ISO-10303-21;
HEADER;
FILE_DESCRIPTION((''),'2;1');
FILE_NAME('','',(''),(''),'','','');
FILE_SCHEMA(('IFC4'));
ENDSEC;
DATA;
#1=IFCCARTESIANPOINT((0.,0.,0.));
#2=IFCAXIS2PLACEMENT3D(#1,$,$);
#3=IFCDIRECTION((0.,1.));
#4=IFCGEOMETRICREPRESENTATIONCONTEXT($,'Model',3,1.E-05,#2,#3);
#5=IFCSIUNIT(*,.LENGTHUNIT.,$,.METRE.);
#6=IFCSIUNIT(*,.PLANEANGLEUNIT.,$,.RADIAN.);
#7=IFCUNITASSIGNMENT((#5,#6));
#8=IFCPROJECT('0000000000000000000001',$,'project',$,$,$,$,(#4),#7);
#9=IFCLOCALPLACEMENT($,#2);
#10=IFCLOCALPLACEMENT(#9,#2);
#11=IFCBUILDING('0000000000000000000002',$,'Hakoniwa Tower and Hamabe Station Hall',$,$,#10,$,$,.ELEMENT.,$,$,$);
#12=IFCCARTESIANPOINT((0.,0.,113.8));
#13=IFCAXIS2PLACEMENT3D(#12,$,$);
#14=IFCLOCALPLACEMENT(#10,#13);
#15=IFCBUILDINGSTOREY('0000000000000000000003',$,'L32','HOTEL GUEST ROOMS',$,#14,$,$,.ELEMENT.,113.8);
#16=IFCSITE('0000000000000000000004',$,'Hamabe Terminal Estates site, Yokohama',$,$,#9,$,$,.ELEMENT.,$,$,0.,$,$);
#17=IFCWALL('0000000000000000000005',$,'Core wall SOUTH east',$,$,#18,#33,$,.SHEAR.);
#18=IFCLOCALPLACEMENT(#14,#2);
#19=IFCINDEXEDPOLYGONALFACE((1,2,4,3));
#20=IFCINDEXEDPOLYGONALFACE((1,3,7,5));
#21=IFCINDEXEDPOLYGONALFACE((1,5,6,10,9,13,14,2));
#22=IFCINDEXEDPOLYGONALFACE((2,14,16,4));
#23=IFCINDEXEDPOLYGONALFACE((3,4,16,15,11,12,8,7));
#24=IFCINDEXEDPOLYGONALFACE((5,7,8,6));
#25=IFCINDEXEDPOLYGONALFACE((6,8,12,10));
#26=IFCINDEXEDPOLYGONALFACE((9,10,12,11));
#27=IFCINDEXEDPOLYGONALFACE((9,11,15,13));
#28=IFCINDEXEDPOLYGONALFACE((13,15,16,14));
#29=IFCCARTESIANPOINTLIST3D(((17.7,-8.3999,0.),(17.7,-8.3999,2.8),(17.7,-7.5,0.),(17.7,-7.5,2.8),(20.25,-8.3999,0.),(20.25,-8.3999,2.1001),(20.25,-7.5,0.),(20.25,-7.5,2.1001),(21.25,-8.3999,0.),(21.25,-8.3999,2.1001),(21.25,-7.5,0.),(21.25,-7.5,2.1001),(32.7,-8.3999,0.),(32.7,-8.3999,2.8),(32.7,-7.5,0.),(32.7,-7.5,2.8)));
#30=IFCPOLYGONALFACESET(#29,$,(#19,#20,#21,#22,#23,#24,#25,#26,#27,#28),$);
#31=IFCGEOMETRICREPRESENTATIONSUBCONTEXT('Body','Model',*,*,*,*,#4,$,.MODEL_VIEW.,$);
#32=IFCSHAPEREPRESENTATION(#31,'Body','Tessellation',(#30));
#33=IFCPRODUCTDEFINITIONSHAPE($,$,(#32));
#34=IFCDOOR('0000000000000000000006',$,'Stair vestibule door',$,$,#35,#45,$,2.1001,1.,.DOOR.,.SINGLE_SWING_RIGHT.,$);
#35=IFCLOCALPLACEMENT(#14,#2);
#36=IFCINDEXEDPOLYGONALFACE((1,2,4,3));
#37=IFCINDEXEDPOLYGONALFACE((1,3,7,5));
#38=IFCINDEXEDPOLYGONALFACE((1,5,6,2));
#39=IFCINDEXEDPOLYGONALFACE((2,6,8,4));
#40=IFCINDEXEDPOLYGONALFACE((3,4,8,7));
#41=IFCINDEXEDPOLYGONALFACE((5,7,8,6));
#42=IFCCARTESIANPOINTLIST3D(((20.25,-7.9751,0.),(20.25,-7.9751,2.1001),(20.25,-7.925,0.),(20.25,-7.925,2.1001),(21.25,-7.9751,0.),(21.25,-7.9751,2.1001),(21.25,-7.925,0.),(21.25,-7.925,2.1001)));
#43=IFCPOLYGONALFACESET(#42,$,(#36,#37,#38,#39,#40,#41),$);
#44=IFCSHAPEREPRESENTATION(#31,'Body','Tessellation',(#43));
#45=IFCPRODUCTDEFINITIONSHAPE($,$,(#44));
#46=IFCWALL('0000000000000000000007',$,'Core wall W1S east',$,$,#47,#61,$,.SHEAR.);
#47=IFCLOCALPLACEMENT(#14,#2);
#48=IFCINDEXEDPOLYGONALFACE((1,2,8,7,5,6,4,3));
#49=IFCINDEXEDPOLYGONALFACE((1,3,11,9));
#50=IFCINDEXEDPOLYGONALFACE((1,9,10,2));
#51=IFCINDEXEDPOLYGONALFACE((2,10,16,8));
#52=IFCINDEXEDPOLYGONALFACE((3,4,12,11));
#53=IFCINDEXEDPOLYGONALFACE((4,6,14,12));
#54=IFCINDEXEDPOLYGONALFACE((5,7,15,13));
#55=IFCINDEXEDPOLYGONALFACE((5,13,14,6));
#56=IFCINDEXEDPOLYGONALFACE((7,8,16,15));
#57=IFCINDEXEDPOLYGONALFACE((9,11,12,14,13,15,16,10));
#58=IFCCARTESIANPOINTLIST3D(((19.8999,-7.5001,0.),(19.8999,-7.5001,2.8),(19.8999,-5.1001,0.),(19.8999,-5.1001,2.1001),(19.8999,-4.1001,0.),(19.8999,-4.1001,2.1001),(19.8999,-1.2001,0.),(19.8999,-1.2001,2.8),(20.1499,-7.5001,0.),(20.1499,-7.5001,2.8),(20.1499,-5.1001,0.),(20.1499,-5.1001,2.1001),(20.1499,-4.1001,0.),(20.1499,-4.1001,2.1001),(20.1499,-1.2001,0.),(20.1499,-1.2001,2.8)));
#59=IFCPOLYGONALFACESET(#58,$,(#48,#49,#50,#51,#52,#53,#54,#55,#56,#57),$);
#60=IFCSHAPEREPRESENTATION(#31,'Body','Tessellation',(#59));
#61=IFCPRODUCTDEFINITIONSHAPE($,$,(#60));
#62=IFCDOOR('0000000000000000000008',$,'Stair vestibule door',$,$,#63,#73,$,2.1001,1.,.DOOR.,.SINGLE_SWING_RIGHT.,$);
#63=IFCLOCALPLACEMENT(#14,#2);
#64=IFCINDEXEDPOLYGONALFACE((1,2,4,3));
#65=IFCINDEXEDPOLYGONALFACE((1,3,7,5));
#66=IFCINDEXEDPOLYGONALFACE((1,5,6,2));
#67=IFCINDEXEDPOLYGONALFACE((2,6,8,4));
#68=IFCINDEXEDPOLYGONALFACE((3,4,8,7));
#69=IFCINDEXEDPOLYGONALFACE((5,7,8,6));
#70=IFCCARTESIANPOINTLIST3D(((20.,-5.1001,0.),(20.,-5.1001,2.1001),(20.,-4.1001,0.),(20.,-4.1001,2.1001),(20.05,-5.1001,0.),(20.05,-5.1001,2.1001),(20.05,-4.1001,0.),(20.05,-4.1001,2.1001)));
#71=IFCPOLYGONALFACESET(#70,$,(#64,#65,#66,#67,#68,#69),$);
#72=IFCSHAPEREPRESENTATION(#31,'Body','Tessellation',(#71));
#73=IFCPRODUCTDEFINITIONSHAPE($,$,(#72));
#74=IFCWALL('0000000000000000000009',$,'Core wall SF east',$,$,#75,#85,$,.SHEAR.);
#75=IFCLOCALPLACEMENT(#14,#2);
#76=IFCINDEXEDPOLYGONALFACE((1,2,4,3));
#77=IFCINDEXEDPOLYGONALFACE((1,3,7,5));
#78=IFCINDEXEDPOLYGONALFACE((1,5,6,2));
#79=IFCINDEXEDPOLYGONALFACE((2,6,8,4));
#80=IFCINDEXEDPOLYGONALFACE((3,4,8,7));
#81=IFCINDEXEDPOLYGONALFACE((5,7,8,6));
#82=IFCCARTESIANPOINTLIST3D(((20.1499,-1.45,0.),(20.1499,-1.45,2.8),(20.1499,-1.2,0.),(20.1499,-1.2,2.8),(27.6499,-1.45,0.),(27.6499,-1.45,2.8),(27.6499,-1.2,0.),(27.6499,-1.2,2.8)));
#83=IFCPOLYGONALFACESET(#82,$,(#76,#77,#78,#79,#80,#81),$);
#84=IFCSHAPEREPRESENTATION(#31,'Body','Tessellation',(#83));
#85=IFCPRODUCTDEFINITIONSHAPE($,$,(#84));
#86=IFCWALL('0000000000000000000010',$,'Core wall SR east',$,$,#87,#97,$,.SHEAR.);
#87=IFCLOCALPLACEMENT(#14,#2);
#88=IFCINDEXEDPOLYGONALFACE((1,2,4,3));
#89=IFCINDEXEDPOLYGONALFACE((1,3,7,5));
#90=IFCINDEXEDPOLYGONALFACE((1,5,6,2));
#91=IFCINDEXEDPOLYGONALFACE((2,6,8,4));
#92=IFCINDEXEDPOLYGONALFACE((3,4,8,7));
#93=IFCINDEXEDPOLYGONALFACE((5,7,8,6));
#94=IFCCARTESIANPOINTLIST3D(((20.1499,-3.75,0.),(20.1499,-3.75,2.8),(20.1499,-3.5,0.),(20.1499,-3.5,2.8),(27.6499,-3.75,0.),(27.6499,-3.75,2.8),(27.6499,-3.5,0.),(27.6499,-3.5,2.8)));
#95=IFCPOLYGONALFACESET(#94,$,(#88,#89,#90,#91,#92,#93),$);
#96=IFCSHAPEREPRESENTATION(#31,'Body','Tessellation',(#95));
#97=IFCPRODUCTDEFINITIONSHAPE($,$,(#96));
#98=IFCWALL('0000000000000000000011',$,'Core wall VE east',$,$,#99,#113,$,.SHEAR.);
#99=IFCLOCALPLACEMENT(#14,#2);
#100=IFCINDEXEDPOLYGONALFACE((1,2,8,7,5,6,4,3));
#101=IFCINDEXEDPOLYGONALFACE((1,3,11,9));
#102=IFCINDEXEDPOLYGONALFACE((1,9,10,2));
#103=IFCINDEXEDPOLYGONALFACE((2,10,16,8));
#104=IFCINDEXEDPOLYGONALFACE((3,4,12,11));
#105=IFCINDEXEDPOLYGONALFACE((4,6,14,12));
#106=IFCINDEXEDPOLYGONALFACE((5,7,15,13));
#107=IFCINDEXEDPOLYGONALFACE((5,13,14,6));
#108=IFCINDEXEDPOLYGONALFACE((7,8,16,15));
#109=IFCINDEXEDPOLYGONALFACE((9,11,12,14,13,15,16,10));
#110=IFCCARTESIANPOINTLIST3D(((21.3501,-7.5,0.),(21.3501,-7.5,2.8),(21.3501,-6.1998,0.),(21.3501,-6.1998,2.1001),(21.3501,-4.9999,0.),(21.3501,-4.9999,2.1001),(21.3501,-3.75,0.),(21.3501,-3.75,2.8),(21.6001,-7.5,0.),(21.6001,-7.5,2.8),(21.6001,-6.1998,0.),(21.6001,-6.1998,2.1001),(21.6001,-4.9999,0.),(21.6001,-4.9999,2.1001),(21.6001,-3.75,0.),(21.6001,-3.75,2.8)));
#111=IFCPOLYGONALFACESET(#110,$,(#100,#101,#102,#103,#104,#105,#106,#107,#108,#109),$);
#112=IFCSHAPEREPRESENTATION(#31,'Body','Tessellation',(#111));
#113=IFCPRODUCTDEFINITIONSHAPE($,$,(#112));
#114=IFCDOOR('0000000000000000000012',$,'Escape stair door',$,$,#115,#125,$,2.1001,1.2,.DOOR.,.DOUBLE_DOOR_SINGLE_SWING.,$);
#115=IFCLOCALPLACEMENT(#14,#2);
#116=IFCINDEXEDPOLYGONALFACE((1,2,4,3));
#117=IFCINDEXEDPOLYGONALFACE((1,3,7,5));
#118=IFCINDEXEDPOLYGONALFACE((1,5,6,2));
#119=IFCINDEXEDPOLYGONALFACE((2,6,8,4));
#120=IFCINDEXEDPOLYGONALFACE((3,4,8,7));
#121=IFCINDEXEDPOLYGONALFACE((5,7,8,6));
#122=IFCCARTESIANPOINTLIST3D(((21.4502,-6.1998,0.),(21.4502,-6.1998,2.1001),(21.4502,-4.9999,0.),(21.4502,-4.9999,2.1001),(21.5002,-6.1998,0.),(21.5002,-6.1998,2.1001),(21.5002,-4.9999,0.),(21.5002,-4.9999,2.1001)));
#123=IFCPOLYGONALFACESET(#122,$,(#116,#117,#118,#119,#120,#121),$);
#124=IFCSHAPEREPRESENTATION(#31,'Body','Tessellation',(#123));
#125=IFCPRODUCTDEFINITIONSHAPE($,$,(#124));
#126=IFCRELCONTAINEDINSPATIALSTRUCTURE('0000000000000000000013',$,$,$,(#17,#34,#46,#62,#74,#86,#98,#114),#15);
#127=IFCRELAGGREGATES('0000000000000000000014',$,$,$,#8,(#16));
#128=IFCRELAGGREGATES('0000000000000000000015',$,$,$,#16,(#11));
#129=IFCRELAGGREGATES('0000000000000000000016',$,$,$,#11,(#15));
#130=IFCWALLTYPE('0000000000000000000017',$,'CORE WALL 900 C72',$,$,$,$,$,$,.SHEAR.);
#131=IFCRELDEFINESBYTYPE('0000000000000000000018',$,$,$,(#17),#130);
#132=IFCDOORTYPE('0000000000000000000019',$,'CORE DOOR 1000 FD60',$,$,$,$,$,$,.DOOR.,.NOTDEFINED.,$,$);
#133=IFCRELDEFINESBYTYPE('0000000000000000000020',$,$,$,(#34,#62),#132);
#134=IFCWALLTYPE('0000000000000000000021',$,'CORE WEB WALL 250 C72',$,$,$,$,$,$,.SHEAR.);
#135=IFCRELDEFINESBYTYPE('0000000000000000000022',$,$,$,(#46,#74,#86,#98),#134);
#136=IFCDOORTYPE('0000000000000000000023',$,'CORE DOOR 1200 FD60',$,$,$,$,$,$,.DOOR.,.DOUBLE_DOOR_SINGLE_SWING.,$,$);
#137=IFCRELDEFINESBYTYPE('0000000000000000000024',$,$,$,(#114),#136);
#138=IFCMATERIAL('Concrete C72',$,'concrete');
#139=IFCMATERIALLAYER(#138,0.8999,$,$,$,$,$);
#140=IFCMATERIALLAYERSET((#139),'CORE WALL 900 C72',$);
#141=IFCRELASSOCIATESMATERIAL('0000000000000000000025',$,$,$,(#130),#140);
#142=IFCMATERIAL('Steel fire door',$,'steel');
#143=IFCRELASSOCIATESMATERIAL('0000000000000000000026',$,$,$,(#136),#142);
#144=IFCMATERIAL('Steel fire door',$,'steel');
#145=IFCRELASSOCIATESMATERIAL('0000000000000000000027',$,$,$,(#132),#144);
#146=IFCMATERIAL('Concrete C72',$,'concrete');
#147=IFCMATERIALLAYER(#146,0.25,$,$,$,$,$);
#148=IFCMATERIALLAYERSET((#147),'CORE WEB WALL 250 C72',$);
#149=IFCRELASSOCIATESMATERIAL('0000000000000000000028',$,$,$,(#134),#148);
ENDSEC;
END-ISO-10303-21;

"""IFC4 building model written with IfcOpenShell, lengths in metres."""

from ifc_helpers import new_model, si_unit, direction, frame, frame_2d, origin, place, context, subcontext, project, spatial, rectangle, extrude, material, layer, layer_set, type_object, element, fill, save


model = new_model("IFC4")

# Units and contexts
model_context = context("Model", 3, precision=1e-05, world=origin(), true_north=direction((0.0, 1.0)))
body_context = subcontext(model_context, "Body", "Model", "MODEL_VIEW")
ifc_project = project(units=[si_unit("LENGTHUNIT", "METRE"), si_unit("PLANEANGLEUNIT", "RADIAN")], contexts=[model_context])

# Site, building, storey
site_placement = place(None, origin())
site = spatial("IfcSite", under=ifc_project, at=site_placement, Name="Hamabe Terminal Estates site, Yokohama", CompositionType="ELEMENT", RefElevation=0.0)
building_placement = place(site_placement, origin())
building = spatial("IfcBuilding", under=site, at=building_placement, Name="Hakoniwa Tower and Hamabe Station Hall", CompositionType="ELEMENT")
storey_placement = place(building_placement, frame((0.0, 0.0, 113.8)))
storey = spatial("IfcBuildingStorey", under=building, at=storey_placement, Name="L32", Description="HOTEL GUEST ROOMS", CompositionType="ELEMENT", Elevation=113.8)

# Walls, openings, doors
ifc_material_1 = material(Name="Concrete C72", Category="concrete")
ifc_layer_1 = layer(ifc_material_1, 0.8999)
ifc_layer_set_1 = layer_set([ifc_layer_1], Name="CORE WALL 900 C72")
wall_type_1 = type_object("IfcWallType", Name="CORE WALL 900 C72", PredefinedType="SHEAR", material=ifc_layer_set_1)
ifc_material_2 = material(Name="Steel fire door", Category="steel")
door_type_1 = type_object("IfcDoorType", Name="CORE DOOR 1200 FD60", OperationType="DOUBLE_DOOR_SINGLE_SWING", PredefinedType="DOOR", material=ifc_material_2)
wall_1_placement = place(storey_placement, frame((17.7, -7.95, 0.0), z_axis=(0.0, 0.0, 1.0), x_axis=(1.0, 0.0, 0.0)))
wall_1 = element("IfcWall", 1, at=wall_1_placement, inside=storey, type_object=wall_type_1, Name="Core wall SOUTH east", PredefinedType="SHEAR", context=body_context, shape_type="SweptSolid", body=[
    extrude(rectangle(XDim=15.0, YDim=0.8999, at=frame_2d((7.5, 0.0))), origin(), (0.0, 0.0, 1.0), 2.8),
])
opening_1_placement = place(wall_1_placement, frame((2.55, 0.0, 0.0)))
opening_1 = element("IfcOpeningElement", 2, at=opening_1_placement, cuts=wall_1, PredefinedType="OPENING", context=body_context, shape_type="SweptSolid", body=[
    extrude(rectangle(XDim=1.0, YDim=2.1001, at=frame_2d((0.5, 1.05))), frame((0.0, 0.46, 0.0), z_axis=(0.0, -1.0, 0.0), x_axis=(1.0, 0.0, 0.0)), (0.0, 0.0, 1.0), 0.9199),
])
ifc_material_3 = material(Name="Steel fire door", Category="steel")
door_type_2 = type_object("IfcDoorType", Name="CORE DOOR 1000 FD60", OperationType="NOTDEFINED", PredefinedType="DOOR", material=ifc_material_3)
door_1_placement = place(opening_1_placement, origin())
door_1 = element("IfcDoor", 3, at=door_1_placement, inside=storey, type_object=door_type_2, Name="Stair vestibule door", OperationType="SINGLE_SWING_RIGHT", OverallHeight=2.1001, OverallWidth=1.0, PredefinedType="DOOR", context=body_context, shape_type="SweptSolid", body=[
    extrude(rectangle(XDim=1.0, YDim=2.1001, at=frame_2d((0.5, 1.05))), frame((0.0, 0.0249, 0.0), z_axis=(0.0, -1.0, 0.0), x_axis=(1.0, 0.0, 0.0)), (0.0, 0.0, 1.0), 0.05),
])
fill(opening_1, door_1)
ifc_material_4 = material(Name="Concrete C72", Category="concrete")
ifc_layer_2 = layer(ifc_material_4, 0.25)
ifc_layer_set_2 = layer_set([ifc_layer_2], Name="CORE WEB WALL 250 C72")
wall_type_2 = type_object("IfcWallType", Name="CORE WEB WALL 250 C72", PredefinedType="SHEAR", material=ifc_layer_set_2)
wall_2_placement = place(storey_placement, frame((20.0249, -7.5, 0.0), z_axis=(0.0, 0.0, 1.0), x_axis=(0.0, 1.0, 0.0)))
wall_2 = element("IfcWall", 4, at=wall_2_placement, inside=storey, type_object=wall_type_2, Name="Core wall W1S east", PredefinedType="SHEAR", context=body_context, shape_type="SweptSolid", body=[
    extrude(rectangle(XDim=6.3, YDim=0.25, at=frame_2d((3.1499, 0.0))), origin(), (0.0, 0.0, 1.0), 2.8),
])
opening_2_placement = place(wall_2_placement, frame((2.3999, 0.0, 0.0)))
opening_2 = element("IfcOpeningElement", 5, at=opening_2_placement, cuts=wall_2, PredefinedType="OPENING", context=body_context, shape_type="SweptSolid", body=[
    extrude(rectangle(XDim=1.0, YDim=2.1001, at=frame_2d((0.5, 1.05))), frame((0.0, 0.135, 0.0), z_axis=(0.0, -1.0, 0.0), x_axis=(1.0, 0.0, 0.0)), (0.0, 0.0, 1.0), 0.27),
])
door_2_placement = place(opening_2_placement, origin())
door_2 = element("IfcDoor", 6, at=door_2_placement, inside=storey, type_object=door_type_2, Name="Stair vestibule door", OperationType="SINGLE_SWING_RIGHT", OverallHeight=2.1001, OverallWidth=1.0, PredefinedType="DOOR", context=body_context, shape_type="SweptSolid", body=[
    extrude(rectangle(XDim=1.0, YDim=2.1001, at=frame_2d((0.5, 1.05))), frame((0.0, 0.0249, 0.0), z_axis=(0.0, -1.0, 0.0), x_axis=(1.0, 0.0, 0.0)), (0.0, 0.0, 1.0), 0.05),
])
fill(opening_2, door_2)

# Walls
for number, where, z_axis, x_axis, name in (
    (7, (20.1499, -1.325, 0.0), (0.0, 0.0, 1.0), (1.0, 0.0, 0.0), "Core wall SF east"),
    (8, (20.1499, -3.625, 0.0), (0.0, 0.0, 1.0), (1.0, 0.0, 0.0), "Core wall SR east"),
):
    element("IfcWall", number, at=place(storey_placement, frame(where, z_axis=z_axis, x_axis=x_axis)), inside=storey, type_object=wall_type_2, Name=name, PredefinedType="SHEAR", context=body_context, shape_type="SweptSolid", body=[
        extrude(rectangle(XDim=7.5, YDim=0.25, at=frame_2d((3.75, 0.0))), origin(), (0.0, 0.0, 1.0), 2.8),
    ])

# Wall, opening, door
wall_3_placement = place(storey_placement, frame((21.4751, -7.5, 0.0), z_axis=(0.0, 0.0, 1.0), x_axis=(0.0, 1.0, 0.0)))
wall_3 = element("IfcWall", 9, at=wall_3_placement, inside=storey, type_object=wall_type_2, Name="Core wall VE east", PredefinedType="SHEAR", context=body_context, shape_type="SweptSolid", body=[
    extrude(rectangle(XDim=3.75, YDim=0.25, at=frame_2d((1.875, 0.0))), origin(), (0.0, 0.0, 1.0), 2.8),
])
opening_3_placement = place(wall_3_placement, frame((1.3, 0.0, 0.0)))
opening_3 = element("IfcOpeningElement", 10, at=opening_3_placement, cuts=wall_3, PredefinedType="OPENING", context=body_context, shape_type="SweptSolid", body=[
    extrude(rectangle(XDim=1.2, YDim=2.1001, at=frame_2d((0.6001, 1.05))), frame((0.0, 0.135, 0.0), z_axis=(0.0, -1.0, 0.0), x_axis=(1.0, 0.0, 0.0)), (0.0, 0.0, 1.0), 0.27),
])
door_3_placement = place(opening_3_placement, origin())
door_3 = element("IfcDoor", 11, at=door_3_placement, inside=storey, type_object=door_type_1, Name="Escape stair door", OperationType="DOUBLE_DOOR_SINGLE_SWING", OverallHeight=2.1001, OverallWidth=1.2, PredefinedType="DOOR", context=body_context, shape_type="SweptSolid", body=[
    extrude(rectangle(XDim=1.2, YDim=2.1001, at=frame_2d((0.6001, 1.05))), frame((0.0, 0.0249, 0.0), z_axis=(0.0, -1.0, 0.0), x_axis=(1.0, 0.0, 0.0)), (0.0, 0.0, 1.0), 0.05),
])
fill(opening_3, door_3)

save(model, "model.ifc")
